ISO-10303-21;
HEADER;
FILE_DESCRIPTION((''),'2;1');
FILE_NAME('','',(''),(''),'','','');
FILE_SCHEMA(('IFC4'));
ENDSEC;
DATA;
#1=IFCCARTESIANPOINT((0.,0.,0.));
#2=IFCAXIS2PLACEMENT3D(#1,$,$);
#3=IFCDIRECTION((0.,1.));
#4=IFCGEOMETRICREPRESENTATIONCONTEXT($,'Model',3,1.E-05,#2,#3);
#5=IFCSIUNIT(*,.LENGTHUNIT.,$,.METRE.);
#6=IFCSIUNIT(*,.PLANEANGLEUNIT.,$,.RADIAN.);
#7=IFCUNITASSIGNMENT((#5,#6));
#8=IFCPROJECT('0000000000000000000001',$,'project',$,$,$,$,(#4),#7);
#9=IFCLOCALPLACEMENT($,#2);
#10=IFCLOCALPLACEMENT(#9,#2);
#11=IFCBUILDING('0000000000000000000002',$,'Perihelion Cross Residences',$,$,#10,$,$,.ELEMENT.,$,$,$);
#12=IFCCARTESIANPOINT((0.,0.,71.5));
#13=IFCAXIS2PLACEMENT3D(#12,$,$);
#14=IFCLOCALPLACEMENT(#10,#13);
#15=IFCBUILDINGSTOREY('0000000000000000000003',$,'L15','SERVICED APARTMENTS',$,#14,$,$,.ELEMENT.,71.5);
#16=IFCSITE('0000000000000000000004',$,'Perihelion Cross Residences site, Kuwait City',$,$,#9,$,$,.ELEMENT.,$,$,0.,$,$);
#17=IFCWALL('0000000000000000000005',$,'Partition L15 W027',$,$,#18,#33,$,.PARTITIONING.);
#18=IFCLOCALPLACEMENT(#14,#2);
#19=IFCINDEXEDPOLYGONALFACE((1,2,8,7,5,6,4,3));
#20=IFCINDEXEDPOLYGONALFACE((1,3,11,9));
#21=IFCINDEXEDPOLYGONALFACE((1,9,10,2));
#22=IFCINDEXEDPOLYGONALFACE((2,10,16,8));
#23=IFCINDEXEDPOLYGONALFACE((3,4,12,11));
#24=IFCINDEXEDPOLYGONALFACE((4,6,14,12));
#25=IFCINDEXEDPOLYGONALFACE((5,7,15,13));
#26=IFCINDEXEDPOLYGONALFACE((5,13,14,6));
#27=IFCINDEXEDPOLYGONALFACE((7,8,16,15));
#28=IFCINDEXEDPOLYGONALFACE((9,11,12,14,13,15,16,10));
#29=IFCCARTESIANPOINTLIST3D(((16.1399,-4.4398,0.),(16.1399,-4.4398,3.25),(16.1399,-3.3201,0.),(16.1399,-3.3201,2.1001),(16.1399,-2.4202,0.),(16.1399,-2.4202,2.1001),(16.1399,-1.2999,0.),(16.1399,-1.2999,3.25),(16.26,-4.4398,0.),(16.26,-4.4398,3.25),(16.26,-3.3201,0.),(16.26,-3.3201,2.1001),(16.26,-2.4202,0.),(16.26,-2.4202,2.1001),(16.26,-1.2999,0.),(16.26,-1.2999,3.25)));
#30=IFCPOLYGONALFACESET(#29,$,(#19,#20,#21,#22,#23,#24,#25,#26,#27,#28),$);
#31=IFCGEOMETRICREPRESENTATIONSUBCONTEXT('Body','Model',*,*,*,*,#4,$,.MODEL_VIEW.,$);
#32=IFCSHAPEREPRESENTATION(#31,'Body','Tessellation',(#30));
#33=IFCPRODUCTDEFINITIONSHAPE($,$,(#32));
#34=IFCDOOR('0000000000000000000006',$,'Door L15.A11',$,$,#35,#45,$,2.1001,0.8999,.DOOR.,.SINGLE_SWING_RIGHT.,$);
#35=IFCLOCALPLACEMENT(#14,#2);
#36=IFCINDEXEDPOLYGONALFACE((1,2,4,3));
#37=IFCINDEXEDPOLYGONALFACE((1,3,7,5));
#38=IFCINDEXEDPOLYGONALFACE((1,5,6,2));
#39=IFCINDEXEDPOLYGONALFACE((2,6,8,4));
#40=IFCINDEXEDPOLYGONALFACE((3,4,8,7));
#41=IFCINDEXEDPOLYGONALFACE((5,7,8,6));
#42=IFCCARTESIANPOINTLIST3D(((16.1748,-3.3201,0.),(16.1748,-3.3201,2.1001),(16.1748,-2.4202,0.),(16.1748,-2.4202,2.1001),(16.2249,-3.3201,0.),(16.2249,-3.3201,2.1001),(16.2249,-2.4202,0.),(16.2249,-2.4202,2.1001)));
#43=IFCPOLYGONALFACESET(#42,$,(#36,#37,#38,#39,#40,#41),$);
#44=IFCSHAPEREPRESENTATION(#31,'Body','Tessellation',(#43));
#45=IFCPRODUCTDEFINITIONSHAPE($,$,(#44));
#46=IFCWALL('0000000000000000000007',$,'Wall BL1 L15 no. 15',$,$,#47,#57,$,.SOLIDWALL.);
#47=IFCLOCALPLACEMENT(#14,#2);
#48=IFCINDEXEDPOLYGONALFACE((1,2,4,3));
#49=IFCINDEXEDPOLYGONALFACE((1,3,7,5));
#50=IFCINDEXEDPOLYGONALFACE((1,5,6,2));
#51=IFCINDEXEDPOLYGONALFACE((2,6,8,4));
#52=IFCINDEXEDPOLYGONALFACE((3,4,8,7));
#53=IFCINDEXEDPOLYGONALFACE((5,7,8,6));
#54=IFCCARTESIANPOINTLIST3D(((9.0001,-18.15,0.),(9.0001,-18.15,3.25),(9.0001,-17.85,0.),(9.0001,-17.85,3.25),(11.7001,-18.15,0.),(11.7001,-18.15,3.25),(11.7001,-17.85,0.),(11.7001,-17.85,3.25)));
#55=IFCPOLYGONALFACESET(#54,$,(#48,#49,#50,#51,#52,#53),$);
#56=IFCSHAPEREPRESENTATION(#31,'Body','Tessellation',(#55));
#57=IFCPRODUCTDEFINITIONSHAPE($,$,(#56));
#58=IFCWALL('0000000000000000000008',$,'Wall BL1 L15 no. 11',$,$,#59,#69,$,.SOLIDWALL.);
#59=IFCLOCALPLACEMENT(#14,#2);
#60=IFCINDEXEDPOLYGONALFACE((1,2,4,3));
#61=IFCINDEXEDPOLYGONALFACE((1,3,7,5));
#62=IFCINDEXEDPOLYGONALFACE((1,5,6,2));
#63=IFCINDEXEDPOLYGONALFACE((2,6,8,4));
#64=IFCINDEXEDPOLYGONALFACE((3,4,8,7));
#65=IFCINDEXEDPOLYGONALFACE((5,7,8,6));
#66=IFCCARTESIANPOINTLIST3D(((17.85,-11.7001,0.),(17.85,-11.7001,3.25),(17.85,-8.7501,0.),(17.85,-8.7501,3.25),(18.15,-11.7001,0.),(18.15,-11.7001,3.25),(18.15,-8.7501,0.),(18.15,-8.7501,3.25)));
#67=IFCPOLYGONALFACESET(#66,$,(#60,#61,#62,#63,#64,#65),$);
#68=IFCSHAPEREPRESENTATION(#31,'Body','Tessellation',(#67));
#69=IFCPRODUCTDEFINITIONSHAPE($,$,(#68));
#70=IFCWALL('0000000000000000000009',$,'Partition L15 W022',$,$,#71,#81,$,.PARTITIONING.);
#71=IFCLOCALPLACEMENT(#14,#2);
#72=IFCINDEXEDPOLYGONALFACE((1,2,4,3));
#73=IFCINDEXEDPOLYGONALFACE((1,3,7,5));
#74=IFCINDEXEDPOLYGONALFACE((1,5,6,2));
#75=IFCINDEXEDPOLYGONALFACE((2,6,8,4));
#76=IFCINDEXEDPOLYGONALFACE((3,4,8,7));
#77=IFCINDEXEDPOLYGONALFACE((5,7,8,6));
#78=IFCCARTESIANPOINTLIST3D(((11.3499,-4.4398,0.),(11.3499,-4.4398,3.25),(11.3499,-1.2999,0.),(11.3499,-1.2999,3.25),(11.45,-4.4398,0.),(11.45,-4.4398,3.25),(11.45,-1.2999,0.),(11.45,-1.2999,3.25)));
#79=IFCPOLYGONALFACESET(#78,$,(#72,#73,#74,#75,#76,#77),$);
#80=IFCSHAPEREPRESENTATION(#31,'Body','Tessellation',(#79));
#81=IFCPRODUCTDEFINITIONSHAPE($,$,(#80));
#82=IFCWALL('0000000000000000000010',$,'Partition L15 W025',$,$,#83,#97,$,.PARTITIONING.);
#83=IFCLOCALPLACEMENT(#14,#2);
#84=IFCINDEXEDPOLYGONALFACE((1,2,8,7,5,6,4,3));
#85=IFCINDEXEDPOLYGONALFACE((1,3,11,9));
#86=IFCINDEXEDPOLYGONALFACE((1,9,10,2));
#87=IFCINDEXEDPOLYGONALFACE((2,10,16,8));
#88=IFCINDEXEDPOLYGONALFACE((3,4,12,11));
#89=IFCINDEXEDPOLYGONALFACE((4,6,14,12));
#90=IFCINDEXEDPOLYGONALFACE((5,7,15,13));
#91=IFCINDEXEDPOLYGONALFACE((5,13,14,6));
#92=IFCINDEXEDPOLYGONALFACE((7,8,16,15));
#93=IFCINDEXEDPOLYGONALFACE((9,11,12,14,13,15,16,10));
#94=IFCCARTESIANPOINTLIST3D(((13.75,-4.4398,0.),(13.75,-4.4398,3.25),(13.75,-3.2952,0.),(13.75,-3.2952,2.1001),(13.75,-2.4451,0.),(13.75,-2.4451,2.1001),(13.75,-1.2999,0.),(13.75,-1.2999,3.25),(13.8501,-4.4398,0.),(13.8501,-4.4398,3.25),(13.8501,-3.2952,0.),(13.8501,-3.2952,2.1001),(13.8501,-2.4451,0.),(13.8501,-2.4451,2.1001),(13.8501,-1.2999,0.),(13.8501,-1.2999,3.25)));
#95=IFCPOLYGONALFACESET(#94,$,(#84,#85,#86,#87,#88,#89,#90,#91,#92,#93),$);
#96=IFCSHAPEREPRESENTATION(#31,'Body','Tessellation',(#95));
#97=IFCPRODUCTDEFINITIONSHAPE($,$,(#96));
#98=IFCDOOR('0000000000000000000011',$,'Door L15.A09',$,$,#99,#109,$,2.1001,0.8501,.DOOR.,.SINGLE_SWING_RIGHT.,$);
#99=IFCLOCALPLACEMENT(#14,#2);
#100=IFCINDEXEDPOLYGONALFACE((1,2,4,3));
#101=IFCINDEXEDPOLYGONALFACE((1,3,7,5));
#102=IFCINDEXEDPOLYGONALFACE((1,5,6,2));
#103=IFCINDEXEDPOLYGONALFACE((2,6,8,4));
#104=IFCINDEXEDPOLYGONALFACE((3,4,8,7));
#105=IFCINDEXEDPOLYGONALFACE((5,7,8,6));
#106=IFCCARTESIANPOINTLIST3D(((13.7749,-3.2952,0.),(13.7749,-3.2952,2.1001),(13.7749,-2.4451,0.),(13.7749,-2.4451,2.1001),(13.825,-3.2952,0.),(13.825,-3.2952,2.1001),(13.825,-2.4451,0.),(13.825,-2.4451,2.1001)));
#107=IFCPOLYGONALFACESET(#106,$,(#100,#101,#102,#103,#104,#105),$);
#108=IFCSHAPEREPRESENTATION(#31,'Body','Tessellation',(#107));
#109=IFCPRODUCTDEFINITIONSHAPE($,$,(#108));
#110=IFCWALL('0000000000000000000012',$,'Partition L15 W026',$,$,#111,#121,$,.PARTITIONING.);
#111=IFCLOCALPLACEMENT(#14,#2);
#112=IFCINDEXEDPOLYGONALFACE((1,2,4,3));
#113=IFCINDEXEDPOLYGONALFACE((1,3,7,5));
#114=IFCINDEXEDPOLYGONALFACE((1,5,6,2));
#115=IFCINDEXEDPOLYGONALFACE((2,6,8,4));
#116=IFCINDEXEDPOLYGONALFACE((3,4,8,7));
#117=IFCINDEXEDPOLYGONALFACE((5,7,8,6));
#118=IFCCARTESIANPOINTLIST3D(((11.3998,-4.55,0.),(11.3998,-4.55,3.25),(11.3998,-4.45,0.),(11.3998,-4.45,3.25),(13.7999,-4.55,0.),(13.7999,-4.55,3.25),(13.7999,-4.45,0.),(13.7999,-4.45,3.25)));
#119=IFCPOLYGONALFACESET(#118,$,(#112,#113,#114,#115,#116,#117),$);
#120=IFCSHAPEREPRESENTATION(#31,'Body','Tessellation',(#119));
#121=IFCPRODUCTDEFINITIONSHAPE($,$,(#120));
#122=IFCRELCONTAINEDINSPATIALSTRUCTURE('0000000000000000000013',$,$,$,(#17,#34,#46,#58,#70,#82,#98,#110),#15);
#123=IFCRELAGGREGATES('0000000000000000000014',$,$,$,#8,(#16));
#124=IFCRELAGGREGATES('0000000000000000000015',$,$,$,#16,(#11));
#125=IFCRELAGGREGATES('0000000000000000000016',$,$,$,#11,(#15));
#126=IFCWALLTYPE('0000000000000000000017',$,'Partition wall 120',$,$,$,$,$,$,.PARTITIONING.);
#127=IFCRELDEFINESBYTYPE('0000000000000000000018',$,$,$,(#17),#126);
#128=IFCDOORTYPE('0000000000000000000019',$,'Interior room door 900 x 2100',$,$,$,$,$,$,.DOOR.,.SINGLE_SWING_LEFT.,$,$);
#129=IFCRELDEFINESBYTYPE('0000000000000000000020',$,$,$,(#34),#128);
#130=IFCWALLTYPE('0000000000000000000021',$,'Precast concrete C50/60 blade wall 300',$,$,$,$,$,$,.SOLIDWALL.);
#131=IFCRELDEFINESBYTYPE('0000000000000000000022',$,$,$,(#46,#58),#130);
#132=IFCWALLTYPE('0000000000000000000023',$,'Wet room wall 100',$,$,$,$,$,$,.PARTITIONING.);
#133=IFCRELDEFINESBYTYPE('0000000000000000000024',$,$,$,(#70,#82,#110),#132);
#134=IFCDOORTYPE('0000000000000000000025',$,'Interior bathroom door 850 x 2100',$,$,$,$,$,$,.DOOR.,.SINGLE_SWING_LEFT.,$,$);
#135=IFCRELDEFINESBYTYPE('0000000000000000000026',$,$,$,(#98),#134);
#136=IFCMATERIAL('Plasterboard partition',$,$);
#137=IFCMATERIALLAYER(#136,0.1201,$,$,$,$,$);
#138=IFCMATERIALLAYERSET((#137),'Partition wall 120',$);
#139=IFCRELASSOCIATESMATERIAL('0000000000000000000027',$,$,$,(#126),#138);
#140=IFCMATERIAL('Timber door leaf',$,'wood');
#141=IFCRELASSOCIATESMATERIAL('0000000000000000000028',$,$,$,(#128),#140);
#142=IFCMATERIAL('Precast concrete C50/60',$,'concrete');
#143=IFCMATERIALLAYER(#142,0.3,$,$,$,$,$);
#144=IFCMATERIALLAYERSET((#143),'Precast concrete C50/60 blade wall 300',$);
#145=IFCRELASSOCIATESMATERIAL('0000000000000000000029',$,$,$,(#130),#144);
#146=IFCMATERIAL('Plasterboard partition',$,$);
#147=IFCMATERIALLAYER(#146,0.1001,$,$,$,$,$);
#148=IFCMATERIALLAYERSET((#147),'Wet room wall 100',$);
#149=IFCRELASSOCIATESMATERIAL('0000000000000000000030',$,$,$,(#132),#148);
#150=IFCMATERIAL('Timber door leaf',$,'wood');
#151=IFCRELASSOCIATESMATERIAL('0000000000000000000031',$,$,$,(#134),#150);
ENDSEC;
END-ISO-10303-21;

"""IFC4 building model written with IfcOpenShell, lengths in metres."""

from ifc_helpers import new_model, si_unit, direction, frame, frame_2d, origin, place, context, subcontext, project, spatial, rectangle, extrude, material, layer, layer_set, type_object, element, fill, save


model = new_model("IFC4")

# Units and contexts
model_context = context("Model", 3, precision=1e-05, world=origin(), true_north=direction((0.0, 1.0)))
body_context = subcontext(model_context, "Body", "Model", "MODEL_VIEW")
ifc_project = project(units=[si_unit("LENGTHUNIT", "METRE"), si_unit("PLANEANGLEUNIT", "RADIAN")], contexts=[model_context])

# Site, building, storey
site_placement = place(None, origin())
site = spatial("IfcSite", under=ifc_project, at=site_placement, Name="Perihelion Cross Residences site, Kuwait City", CompositionType="ELEMENT", RefElevation=0.0)
building_placement = place(site_placement, origin())
building = spatial("IfcBuilding", under=site, at=building_placement, Name="Perihelion Cross Residences", CompositionType="ELEMENT")
storey_placement = place(building_placement, frame((0.0, 0.0, 71.5)))
storey = spatial("IfcBuildingStorey", under=building, at=storey_placement, Name="L15", Description="SERVICED APARTMENTS", CompositionType="ELEMENT", Elevation=71.5)

# Wall, opening, door
ifc_material_1 = material(Name="Plasterboard partition")
ifc_layer_1 = layer(ifc_material_1, 0.1201)
ifc_layer_set_1 = layer_set([ifc_layer_1], Name="Partition wall 120")
wall_type_1 = type_object("IfcWallType", Name="Partition wall 120", PredefinedType="PARTITIONING", material=ifc_layer_set_1)
ifc_material_2 = material(Name="Timber door leaf", Category="wood")
door_type_1 = type_object("IfcDoorType", Name="Interior room door 900 x 2100", OperationType="SINGLE_SWING_LEFT", PredefinedType="DOOR", material=ifc_material_2)
wall_1_placement = place(storey_placement, frame((16.2, -1.3, 0.0), z_axis=(0.0, 0.0, 1.0), x_axis=(0.0, -1.0, 0.0)))
wall_1 = element("IfcWall", 1, at=wall_1_placement, inside=storey, type_object=wall_type_1, Name="Partition L15 W027", PredefinedType="PARTITIONING", context=body_context, shape_type="SweptSolid", body=[
    extrude(rectangle(XDim=3.1399, YDim=0.1201, at=frame_2d((1.5698, 0.0))), origin(), (0.0, 0.0, 1.0), 3.25),
])
opening_1_placement = place(wall_1_placement, frame((1.1201, 0.0, 0.0)))
opening_1 = element("IfcOpeningElement", 2, at=opening_1_placement, cuts=wall_1, PredefinedType="OPENING", context=body_context, shape_type="SweptSolid", body=[
    extrude(rectangle(XDim=0.8999, YDim=2.1001, at=frame_2d((0.45, 1.05))), frame((0.0, 0.0701, 0.0), z_axis=(0.0, -1.0, 0.0), x_axis=(1.0, 0.0, 0.0)), (0.0, 0.0, 1.0), 0.1401),
])
door_1_placement = place(opening_1_placement, origin())
door_1 = element("IfcDoor", 3, at=door_1_placement, inside=storey, type_object=door_type_1, Name="Door L15.A11", OperationType="SINGLE_SWING_RIGHT", OverallHeight=2.1001, OverallWidth=0.8999, PredefinedType="DOOR", context=body_context, shape_type="SweptSolid", body=[
    extrude(rectangle(XDim=0.8999, YDim=2.1001, at=frame_2d((0.45, 1.05))), frame((0.0, 0.0249, 0.0), z_axis=(0.0, -1.0, 0.0), x_axis=(1.0, 0.0, 0.0)), (0.0, 0.0, 1.0), 0.05),
])
fill(opening_1, door_1)

# Walls
ifc_material_3 = material(Name="Precast concrete C50/60", Category="concrete")
ifc_layer_2 = layer(ifc_material_3, 0.3)
ifc_layer_set_2 = layer_set([ifc_layer_2], Name="Precast concrete C50/60 blade wall 300")
wall_type_2 = type_object("IfcWallType", Name="Precast concrete C50/60 blade wall 300", PredefinedType="SOLIDWALL", material=ifc_layer_set_2)
wall_2_placement = place(storey_placement, frame((9.0, -18.0, 0.0), z_axis=(0.0, 0.0, 1.0), x_axis=(1.0, 0.0, 0.0)))
element("IfcWall", 4, at=wall_2_placement, inside=storey, type_object=wall_type_2, Name="Wall BL1 L15 no. 15", PredefinedType="SOLIDWALL", context=body_context, shape_type="SweptSolid", body=[
    extrude(rectangle(XDim=2.7, YDim=0.3, at=frame_2d((1.3501, 0.0))), origin(), (0.0, 0.0, 1.0), 3.25),
])
wall_3_placement = place(storey_placement, frame((18.0, -8.75, 0.0), z_axis=(0.0, 0.0, 1.0), x_axis=(0.0, -1.0, 0.0)))
element("IfcWall", 5, at=wall_3_placement, inside=storey, type_object=wall_type_2, Name="Wall BL1 L15 no. 11", PredefinedType="SOLIDWALL", context=body_context, shape_type="SweptSolid", body=[
    extrude(rectangle(XDim=2.95, YDim=0.3, at=frame_2d((1.4751, 0.0))), origin(), (0.0, 0.0, 1.0), 3.25),
])
ifc_material_4 = material(Name="Plasterboard partition")
ifc_layer_3 = layer(ifc_material_4, 0.1001)
ifc_layer_set_3 = layer_set([ifc_layer_3], Name="Wet room wall 100")
wall_type_3 = type_object("IfcWallType", Name="Wet room wall 100", PredefinedType="PARTITIONING", material=ifc_layer_set_3)
wall_4_placement = place(storey_placement, frame((11.3999, -1.3, 0.0), z_axis=(0.0, 0.0, 1.0), x_axis=(0.0, -1.0, 0.0)))
element("IfcWall", 6, at=wall_4_placement, inside=storey, type_object=wall_type_3, Name="Partition L15 W022", PredefinedType="PARTITIONING", context=body_context, shape_type="SweptSolid", body=[
    extrude(rectangle(XDim=3.1399, YDim=0.1001, at=frame_2d((1.5698, 0.0))), origin(), (0.0, 0.0, 1.0), 3.25),
])

# Wall, opening, door
wall_5_placement = place(storey_placement, frame((13.8, -1.3, 0.0), z_axis=(0.0, 0.0, 1.0), x_axis=(0.0, -1.0, 0.0)))
wall_5 = element("IfcWall", 7, at=wall_5_placement, inside=storey, type_object=wall_type_3, Name="Partition L15 W025", PredefinedType="PARTITIONING", context=body_context, shape_type="SweptSolid", body=[
    extrude(rectangle(XDim=3.1399, YDim=0.1001, at=frame_2d((1.5698, 0.0))), origin(), (0.0, 0.0, 1.0), 3.25),
])
opening_2_placement = place(wall_5_placement, frame((1.145, 0.0, 0.0)))
opening_2 = element("IfcOpeningElement", 8, at=opening_2_placement, cuts=wall_5, PredefinedType="OPENING", context=body_context, shape_type="SweptSolid", body=[
    extrude(rectangle(XDim=0.8501, YDim=2.1001, at=frame_2d((0.425, 1.05))), frame((0.0, 0.0601, 0.0), z_axis=(0.0, -1.0, 0.0), x_axis=(1.0, 0.0, 0.0)), (0.0, 0.0, 1.0), 0.1201),
])
ifc_material_5 = material(Name="Timber door leaf", Category="wood")
door_type_2 = type_object("IfcDoorType", Name="Interior bathroom door 850 x 2100", OperationType="SINGLE_SWING_LEFT", PredefinedType="DOOR", material=ifc_material_5)
door_2_placement = place(opening_2_placement, origin())
door_2 = element("IfcDoor", 9, at=door_2_placement, inside=storey, type_object=door_type_2, Name="Door L15.A09", OperationType="SINGLE_SWING_RIGHT", OverallHeight=2.1001, OverallWidth=0.8501, PredefinedType="DOOR", context=body_context, shape_type="SweptSolid", body=[
    extrude(rectangle(XDim=0.8501, YDim=2.1001, at=frame_2d((0.425, 1.05))), frame((0.0, 0.0249, 0.0), z_axis=(0.0, -1.0, 0.0), x_axis=(1.0, 0.0, 0.0)), (0.0, 0.0, 1.0), 0.05),
])
fill(opening_2, door_2)

# Wall
wall_6_placement = place(storey_placement, frame((13.8, -4.5, 0.0), z_axis=(0.0, 0.0, 1.0), x_axis=(-1.0, 0.0, 0.0)))
element("IfcWall", 10, at=wall_6_placement, inside=storey, type_object=wall_type_3, Name="Partition L15 W026", PredefinedType="PARTITIONING", context=body_context, shape_type="SweptSolid", body=[
    extrude(rectangle(XDim=2.4001, YDim=0.1001, at=frame_2d((1.2002, 0.0))), origin(), (0.0, 0.0, 1.0), 3.25),
])

save(model, "model.ifc")
